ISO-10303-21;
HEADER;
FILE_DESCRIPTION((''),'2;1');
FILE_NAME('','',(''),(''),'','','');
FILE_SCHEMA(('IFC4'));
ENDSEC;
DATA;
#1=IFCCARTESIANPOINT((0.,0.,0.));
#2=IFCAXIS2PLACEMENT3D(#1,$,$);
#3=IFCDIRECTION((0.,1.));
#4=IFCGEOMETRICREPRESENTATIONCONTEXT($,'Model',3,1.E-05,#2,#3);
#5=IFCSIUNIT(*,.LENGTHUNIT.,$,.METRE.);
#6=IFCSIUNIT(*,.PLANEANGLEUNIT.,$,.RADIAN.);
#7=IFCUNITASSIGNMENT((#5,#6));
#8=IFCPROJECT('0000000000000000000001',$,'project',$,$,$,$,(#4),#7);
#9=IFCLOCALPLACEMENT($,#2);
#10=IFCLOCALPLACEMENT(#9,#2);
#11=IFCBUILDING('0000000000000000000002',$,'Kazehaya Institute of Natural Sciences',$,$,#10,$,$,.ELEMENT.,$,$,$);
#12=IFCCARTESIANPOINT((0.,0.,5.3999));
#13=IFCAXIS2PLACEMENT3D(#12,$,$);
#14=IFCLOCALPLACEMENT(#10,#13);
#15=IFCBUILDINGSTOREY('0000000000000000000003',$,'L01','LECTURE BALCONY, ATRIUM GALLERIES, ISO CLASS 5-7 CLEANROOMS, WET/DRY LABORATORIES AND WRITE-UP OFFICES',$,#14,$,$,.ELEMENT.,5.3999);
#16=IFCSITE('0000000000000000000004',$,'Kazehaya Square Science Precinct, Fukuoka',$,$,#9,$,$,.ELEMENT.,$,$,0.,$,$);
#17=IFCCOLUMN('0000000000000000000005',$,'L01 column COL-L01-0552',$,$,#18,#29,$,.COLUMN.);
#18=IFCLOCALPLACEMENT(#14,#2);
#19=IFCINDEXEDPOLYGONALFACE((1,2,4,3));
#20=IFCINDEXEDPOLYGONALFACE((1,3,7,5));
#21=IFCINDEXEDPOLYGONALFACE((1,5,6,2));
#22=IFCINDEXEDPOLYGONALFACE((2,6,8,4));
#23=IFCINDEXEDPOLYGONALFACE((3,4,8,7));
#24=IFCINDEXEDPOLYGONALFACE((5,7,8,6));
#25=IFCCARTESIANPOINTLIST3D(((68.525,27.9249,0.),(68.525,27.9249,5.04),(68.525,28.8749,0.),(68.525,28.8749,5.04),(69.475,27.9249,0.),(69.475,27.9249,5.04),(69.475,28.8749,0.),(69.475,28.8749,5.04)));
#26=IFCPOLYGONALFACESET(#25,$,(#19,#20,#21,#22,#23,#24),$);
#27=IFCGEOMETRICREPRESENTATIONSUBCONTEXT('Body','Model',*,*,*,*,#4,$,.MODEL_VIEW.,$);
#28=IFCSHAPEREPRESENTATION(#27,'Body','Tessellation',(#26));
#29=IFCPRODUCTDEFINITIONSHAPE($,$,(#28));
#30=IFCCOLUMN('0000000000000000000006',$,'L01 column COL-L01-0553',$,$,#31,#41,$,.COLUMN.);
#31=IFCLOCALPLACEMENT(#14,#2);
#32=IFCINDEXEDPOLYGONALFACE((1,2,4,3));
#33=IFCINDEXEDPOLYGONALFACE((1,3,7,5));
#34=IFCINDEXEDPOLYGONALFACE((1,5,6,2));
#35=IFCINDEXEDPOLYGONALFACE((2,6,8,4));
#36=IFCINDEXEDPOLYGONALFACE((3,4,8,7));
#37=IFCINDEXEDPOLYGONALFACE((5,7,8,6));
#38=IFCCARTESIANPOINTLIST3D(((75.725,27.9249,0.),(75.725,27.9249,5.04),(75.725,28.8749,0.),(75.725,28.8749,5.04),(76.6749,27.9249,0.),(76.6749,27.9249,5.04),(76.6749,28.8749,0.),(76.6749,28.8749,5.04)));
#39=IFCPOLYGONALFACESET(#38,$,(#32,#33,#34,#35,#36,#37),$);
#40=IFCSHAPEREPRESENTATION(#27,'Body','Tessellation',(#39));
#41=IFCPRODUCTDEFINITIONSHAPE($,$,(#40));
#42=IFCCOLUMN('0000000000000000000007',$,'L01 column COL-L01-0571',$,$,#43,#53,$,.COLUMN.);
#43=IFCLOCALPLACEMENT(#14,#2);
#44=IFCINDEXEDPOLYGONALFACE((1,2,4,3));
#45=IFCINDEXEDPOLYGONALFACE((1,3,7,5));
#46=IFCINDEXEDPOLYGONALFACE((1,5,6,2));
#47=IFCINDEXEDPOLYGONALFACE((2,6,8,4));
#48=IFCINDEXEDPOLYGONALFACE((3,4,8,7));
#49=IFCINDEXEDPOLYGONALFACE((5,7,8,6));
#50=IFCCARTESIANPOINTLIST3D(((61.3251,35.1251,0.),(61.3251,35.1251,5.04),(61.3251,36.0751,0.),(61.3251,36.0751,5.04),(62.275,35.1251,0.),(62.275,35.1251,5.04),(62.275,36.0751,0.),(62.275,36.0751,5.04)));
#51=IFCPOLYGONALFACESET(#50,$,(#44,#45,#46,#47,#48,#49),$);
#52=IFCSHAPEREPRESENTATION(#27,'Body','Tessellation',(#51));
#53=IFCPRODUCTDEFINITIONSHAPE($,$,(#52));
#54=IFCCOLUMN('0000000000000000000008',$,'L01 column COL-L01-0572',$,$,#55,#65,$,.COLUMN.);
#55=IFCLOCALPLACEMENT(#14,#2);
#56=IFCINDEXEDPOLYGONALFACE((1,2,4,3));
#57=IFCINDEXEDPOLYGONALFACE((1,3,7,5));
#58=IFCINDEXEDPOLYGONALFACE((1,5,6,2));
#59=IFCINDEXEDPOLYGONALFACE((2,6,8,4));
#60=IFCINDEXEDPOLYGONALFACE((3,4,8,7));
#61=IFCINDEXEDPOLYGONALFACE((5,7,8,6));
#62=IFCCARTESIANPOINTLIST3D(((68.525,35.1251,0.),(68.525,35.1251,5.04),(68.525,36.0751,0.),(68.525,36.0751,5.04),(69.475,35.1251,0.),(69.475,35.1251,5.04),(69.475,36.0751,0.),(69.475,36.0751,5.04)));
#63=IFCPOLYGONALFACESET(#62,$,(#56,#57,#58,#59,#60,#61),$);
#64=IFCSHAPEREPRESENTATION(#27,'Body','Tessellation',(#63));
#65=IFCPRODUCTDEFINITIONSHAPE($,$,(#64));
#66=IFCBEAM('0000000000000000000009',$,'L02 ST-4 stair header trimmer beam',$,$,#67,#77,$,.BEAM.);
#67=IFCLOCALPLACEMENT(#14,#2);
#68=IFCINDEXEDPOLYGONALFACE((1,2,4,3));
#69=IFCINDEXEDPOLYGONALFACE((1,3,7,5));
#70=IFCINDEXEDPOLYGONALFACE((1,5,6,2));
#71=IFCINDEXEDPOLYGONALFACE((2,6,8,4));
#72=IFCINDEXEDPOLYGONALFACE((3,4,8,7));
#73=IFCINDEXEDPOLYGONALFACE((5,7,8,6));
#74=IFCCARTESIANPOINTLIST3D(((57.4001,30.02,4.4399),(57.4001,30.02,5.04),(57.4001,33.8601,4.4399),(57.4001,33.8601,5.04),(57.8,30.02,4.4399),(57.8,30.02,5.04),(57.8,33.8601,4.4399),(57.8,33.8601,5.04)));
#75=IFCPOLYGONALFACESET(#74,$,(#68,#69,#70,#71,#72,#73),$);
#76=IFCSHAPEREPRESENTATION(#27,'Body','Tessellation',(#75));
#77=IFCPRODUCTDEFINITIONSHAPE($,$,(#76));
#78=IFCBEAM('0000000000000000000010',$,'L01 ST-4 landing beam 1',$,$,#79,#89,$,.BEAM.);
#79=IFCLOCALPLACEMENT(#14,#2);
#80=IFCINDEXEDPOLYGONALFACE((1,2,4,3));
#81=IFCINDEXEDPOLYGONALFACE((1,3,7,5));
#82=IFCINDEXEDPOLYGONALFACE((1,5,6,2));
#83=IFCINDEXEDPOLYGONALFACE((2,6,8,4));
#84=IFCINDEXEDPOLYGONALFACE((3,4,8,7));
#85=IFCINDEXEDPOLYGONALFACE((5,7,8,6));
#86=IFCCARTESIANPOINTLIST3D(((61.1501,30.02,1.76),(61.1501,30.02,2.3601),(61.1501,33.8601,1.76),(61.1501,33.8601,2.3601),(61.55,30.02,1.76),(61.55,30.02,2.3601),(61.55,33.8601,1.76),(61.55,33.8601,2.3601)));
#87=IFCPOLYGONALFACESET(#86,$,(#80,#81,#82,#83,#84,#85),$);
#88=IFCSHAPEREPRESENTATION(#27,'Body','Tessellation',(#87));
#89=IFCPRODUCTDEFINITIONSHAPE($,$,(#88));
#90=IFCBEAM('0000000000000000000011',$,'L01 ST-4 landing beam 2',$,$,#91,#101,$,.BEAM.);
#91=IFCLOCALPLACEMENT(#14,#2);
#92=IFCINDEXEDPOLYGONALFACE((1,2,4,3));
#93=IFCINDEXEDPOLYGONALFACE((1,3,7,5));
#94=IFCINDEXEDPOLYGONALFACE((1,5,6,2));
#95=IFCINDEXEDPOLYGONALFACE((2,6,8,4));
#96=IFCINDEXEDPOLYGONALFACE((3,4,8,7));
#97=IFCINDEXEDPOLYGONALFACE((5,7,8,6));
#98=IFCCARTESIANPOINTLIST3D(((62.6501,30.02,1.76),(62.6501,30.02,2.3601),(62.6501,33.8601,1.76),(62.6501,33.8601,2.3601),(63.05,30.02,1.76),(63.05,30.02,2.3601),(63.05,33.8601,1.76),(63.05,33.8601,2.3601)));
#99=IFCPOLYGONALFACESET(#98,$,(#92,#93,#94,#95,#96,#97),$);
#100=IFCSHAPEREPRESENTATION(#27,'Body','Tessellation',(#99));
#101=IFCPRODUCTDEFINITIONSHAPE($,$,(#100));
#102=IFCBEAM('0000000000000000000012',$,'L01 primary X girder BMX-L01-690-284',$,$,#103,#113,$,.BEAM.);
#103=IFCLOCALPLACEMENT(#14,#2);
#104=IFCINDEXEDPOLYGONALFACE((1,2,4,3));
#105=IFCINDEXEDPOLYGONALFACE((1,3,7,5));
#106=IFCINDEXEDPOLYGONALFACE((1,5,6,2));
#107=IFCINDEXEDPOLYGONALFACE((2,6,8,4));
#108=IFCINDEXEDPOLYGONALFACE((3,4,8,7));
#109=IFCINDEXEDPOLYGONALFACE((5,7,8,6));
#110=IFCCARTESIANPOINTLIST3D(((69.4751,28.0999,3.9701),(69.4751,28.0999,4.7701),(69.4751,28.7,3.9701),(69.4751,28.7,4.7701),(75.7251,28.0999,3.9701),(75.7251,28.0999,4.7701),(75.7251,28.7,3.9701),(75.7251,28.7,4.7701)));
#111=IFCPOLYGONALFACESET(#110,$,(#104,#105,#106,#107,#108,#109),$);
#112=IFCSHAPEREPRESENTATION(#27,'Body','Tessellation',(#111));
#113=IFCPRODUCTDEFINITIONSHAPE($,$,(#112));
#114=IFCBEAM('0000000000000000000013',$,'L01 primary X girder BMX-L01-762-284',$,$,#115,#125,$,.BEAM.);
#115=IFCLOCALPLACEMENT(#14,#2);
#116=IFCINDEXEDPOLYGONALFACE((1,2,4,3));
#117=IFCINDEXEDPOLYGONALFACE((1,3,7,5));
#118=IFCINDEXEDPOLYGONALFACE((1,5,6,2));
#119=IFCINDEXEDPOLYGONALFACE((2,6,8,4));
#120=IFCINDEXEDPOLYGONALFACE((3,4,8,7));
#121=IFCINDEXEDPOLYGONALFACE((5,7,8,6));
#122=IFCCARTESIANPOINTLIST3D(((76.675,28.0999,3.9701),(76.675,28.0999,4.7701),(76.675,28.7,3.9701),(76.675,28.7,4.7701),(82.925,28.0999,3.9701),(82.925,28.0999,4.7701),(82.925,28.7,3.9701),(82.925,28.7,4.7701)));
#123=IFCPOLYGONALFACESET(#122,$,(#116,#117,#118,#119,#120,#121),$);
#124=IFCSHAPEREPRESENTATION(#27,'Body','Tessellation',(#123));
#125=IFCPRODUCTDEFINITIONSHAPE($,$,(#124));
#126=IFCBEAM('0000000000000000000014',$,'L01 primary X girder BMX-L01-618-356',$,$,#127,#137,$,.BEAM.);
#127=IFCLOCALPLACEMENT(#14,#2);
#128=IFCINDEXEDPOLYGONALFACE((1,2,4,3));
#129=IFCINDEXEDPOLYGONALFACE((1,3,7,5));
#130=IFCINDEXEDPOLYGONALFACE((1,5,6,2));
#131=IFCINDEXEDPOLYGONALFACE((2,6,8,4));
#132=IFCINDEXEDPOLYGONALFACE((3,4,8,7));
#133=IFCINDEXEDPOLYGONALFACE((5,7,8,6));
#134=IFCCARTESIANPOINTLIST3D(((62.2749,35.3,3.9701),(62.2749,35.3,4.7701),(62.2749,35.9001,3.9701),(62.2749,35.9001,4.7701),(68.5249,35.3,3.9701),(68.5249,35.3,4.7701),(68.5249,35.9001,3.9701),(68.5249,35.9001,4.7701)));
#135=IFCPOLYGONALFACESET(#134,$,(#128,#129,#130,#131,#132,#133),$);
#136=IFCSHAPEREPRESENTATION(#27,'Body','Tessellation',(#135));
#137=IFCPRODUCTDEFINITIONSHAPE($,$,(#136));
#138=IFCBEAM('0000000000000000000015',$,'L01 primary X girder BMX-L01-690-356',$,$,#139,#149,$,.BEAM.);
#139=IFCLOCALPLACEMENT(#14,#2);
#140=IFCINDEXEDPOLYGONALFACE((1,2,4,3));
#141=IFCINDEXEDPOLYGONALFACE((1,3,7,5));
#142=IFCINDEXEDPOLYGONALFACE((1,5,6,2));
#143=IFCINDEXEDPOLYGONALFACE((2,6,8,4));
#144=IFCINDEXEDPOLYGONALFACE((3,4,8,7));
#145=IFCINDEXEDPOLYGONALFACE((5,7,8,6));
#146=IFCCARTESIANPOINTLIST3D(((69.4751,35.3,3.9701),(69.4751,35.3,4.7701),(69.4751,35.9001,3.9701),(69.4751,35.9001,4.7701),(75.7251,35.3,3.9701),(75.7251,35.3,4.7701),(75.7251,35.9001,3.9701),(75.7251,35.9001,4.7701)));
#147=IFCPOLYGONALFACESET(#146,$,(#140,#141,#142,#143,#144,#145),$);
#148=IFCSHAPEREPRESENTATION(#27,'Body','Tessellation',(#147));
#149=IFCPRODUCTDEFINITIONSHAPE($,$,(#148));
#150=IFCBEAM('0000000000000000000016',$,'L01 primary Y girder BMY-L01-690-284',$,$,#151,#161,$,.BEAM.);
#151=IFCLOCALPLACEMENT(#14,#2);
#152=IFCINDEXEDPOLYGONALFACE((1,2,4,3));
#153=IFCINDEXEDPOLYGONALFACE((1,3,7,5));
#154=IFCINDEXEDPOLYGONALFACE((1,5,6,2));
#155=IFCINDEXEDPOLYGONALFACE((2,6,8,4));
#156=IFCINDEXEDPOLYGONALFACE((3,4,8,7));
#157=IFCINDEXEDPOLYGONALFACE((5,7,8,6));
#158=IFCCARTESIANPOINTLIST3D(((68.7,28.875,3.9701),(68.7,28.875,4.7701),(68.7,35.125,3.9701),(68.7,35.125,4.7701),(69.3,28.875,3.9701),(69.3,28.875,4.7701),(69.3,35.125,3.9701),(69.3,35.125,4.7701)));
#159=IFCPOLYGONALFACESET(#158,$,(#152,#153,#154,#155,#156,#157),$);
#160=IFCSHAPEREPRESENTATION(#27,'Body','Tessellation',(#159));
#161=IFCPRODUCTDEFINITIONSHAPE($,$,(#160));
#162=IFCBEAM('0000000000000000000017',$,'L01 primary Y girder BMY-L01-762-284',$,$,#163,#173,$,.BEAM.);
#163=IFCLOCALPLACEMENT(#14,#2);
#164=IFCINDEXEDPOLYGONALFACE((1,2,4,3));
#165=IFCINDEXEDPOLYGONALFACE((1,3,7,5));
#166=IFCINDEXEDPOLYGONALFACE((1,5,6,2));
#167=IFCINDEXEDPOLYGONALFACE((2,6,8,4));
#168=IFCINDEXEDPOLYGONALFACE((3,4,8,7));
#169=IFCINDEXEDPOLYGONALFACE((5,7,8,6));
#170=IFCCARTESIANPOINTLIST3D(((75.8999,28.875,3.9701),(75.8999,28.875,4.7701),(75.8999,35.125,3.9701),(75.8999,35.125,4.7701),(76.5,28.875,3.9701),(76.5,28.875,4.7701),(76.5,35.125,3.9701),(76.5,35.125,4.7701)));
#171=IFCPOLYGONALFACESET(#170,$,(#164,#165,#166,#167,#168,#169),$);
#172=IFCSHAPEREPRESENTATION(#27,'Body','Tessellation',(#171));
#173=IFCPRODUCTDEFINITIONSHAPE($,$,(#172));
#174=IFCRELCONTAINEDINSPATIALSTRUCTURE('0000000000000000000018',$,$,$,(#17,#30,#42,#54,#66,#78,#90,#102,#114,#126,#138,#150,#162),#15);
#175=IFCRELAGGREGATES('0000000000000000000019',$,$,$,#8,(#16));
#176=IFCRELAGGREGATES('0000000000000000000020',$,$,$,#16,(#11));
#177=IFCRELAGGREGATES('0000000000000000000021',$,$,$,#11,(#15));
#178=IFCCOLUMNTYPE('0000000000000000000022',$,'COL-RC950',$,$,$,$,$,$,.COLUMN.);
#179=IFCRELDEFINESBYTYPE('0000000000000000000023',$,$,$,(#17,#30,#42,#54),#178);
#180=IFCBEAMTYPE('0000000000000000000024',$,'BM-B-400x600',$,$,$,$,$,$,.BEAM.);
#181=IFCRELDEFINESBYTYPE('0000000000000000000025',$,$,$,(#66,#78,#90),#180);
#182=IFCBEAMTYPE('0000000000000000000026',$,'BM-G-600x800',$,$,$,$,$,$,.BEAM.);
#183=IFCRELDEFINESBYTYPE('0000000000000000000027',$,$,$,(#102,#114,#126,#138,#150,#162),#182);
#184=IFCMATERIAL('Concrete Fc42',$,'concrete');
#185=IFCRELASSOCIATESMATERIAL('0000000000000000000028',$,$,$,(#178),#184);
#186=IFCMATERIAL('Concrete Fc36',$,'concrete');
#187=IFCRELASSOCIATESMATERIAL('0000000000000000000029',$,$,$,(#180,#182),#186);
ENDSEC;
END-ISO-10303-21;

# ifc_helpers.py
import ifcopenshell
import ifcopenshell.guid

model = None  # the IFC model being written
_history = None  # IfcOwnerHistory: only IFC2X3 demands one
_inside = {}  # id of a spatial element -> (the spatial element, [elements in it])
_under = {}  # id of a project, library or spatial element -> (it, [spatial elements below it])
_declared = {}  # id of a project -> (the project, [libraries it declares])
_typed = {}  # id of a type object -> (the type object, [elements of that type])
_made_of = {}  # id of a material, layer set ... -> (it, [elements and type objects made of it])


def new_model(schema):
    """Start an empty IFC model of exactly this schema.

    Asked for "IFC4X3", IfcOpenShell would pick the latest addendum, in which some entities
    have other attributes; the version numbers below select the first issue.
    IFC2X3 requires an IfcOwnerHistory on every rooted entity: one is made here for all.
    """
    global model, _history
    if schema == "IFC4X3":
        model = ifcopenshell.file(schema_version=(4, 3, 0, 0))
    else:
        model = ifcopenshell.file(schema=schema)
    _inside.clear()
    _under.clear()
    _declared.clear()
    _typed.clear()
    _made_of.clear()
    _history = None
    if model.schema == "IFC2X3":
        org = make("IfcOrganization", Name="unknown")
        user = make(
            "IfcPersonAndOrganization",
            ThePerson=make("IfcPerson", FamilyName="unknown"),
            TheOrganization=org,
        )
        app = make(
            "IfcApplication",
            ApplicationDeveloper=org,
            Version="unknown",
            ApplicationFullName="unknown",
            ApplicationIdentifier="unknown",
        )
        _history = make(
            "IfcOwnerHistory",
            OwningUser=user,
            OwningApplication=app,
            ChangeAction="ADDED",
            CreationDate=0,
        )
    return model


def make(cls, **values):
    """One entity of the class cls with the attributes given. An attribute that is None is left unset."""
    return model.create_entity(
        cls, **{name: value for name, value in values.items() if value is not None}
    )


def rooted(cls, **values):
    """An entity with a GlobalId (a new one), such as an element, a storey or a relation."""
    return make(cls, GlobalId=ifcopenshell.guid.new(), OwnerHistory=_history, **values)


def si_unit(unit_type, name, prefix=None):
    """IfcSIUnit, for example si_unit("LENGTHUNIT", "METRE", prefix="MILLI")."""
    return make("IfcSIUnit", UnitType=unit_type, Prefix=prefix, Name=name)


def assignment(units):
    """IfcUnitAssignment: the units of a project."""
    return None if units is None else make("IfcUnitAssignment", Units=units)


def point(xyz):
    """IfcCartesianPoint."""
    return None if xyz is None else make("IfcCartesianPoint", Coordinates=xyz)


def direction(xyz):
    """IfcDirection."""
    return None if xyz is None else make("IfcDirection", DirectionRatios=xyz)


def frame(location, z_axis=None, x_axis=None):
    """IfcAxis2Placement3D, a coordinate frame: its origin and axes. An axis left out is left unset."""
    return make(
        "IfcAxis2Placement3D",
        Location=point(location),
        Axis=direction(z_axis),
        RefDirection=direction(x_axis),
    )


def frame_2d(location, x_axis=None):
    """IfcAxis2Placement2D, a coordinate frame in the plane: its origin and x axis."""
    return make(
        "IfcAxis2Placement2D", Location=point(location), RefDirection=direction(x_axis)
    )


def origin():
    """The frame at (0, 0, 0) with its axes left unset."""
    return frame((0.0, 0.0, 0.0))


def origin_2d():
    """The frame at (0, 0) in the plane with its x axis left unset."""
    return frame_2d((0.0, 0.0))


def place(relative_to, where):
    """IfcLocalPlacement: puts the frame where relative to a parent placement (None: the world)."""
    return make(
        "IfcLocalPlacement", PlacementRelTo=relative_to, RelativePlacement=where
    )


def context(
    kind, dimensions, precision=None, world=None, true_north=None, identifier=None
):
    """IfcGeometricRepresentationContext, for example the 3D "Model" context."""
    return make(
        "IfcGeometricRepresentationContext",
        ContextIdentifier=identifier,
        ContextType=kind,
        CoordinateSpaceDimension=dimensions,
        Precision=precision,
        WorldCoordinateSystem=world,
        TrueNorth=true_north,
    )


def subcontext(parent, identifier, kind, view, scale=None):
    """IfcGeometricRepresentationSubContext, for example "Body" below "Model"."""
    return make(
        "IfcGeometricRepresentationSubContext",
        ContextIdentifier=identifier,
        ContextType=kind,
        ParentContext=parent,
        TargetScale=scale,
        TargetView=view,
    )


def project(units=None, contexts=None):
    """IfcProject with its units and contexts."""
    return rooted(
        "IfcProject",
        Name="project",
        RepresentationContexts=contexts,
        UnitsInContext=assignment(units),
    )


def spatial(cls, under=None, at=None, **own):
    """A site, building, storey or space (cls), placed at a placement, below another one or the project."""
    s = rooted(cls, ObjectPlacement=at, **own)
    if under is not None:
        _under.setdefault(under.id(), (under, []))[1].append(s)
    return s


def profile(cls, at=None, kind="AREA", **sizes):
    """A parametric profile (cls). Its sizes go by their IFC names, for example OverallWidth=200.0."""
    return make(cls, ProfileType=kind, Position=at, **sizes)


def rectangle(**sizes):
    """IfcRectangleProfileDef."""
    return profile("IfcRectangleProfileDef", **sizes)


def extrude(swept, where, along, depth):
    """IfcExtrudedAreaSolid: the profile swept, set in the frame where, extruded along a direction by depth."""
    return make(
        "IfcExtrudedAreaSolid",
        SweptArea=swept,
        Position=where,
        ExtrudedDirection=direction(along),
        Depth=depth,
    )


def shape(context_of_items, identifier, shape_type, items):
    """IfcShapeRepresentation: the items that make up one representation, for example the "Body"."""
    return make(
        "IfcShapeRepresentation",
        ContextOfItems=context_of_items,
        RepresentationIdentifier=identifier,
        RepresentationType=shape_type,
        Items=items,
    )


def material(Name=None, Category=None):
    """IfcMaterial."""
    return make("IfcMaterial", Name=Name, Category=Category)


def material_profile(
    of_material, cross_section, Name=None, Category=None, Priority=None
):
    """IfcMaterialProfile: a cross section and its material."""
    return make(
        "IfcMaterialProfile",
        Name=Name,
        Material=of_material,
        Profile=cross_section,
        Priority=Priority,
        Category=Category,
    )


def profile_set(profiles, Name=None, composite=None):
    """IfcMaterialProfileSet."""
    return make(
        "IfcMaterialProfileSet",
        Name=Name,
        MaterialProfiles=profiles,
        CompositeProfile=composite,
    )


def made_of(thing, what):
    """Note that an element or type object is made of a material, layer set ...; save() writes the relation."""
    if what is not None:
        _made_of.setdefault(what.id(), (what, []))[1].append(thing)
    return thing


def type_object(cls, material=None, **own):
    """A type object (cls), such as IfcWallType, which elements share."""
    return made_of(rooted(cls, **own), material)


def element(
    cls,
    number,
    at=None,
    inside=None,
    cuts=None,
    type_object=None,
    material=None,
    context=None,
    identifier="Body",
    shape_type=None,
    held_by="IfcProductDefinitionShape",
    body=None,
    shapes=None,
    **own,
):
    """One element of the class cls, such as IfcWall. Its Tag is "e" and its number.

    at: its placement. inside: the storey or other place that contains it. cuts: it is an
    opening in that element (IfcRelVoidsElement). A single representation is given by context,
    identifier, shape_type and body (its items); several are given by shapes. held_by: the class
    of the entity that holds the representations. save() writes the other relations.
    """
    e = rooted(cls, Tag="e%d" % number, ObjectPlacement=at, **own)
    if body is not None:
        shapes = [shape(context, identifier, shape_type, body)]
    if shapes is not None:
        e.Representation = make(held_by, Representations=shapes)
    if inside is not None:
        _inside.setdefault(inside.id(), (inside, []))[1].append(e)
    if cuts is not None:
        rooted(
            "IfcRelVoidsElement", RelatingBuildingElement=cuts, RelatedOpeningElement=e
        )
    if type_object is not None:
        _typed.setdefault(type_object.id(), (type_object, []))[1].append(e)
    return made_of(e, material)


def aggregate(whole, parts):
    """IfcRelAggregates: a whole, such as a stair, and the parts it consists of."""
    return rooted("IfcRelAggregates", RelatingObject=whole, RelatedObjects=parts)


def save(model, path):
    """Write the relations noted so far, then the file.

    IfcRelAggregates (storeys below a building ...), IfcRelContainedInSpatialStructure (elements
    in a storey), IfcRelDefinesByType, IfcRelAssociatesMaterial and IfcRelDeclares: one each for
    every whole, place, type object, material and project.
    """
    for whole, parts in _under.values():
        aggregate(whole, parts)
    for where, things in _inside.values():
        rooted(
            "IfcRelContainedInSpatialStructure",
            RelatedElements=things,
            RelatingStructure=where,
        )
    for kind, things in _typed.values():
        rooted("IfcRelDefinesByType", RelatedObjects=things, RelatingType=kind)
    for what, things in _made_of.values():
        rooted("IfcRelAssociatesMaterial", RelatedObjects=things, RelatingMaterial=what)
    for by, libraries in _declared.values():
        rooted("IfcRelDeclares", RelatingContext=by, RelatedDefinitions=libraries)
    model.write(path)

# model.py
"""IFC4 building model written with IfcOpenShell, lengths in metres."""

from ifc_helpers import new_model, si_unit, direction, frame, origin, origin_2d, place, context, subcontext, project, spatial, rectangle, extrude, material, material_profile, profile_set, type_object, element, save


model = new_model("IFC4")

# Units and contexts
model_context = context("Model", 3, precision=1e-05, world=origin(), true_north=direction((0.0, 1.0)))
body_context = subcontext(model_context, "Body", "Model", "MODEL_VIEW")
ifc_project = project(units=[si_unit("LENGTHUNIT", "METRE"), si_unit("PLANEANGLEUNIT", "RADIAN")], contexts=[model_context])

# Site, building, storey
site_placement = place(None, origin())
site = spatial("IfcSite", under=ifc_project, at=site_placement, Name="Kazehaya Square Science Precinct, Fukuoka", CompositionType="ELEMENT", RefElevation=0.0)
building_placement = place(site_placement, origin())
building = spatial("IfcBuilding", under=site, at=building_placement, Name="Kazehaya Institute of Natural Sciences", CompositionType="ELEMENT")
storey_placement = place(building_placement, frame((0.0, 0.0, 5.3999)))
storey = spatial("IfcBuildingStorey", under=building, at=storey_placement, Name="L01", Description="LECTURE BALCONY, ATRIUM GALLERIES, ISO CLASS 5-7 CLEANROOMS, WET/DRY LABORATORIES AND WRITE-UP OFFICES", CompositionType="ELEMENT", Elevation=5.3999)

# Columns
ifc_material_1 = material(Name="Concrete Fc42", Category="concrete")
ifc_material_profile_1 = material_profile(ifc_material_1, rectangle(XDim=0.95, YDim=0.95, at=origin_2d()), Name="RC-950x950")
ifc_profile_set_1 = profile_set([ifc_material_profile_1], Name="Concrete Fc42")
column_type = type_object("IfcColumnType", Name="COL-RC950", PredefinedType="COLUMN", material=ifc_profile_set_1)
for number, where, z_axis, x_axis, name in (
    (1, (69.0, 28.3999, 0.0), (0.0, 0.0, 1.0), (1.0, 0.0, 0.0), "L01 column COL-L01-0552"),
    (2, (76.2, 28.3999, 0.0), (0.0, 0.0, 1.0), (1.0, 0.0, 0.0), "L01 column COL-L01-0553"),
    (3, (61.8, 35.6001, 0.0), (0.0, 0.0, 1.0), (1.0, 0.0, 0.0), "L01 column COL-L01-0571"),
    (4, (69.0, 35.6001, 0.0), (0.0, 0.0, 1.0), (1.0, 0.0, 0.0), "L01 column COL-L01-0572"),
):
    element("IfcColumn", number, at=place(storey_placement, frame(where, z_axis=z_axis, x_axis=x_axis)), inside=storey, type_object=column_type, Name=name, PredefinedType="COLUMN", context=body_context, shape_type="SweptSolid", body=[
        extrude(rectangle(XDim=0.95, YDim=0.95, at=origin_2d()), origin(), (0.0, 0.0, 1.0), 5.04),
    ])

# Beams
ifc_material_2 = material(Name="Concrete Fc36", Category="concrete")
ifc_material_profile_2 = material_profile(ifc_material_2, rectangle(XDim=0.3999, YDim=0.6001, at=origin_2d()), Name="RC-400x600")
ifc_profile_set_2 = profile_set([ifc_material_profile_2], Name="Concrete Fc36")
beam_type_1 = type_object("IfcBeamType", Name="BM-B-400x600", PredefinedType="BEAM", material=ifc_profile_set_2)
for number, where, z_axis, x_axis, name in (
    (5, (57.6001, 30.02, 4.74), (0.0, 1.0, 0.0), (-1.0, 0.0, 0.0), "L02 ST-4 stair header trimmer beam"),
    (6, (61.3501, 30.02, 2.0601), (0.0, 1.0, 0.0), (-1.0, 0.0, 0.0), "L01 ST-4 landing beam 1"),
    (7, (62.8501, 30.02, 2.0601), (0.0, 1.0, 0.0), (-1.0, 0.0, 0.0), "L01 ST-4 landing beam 2"),
):
    element("IfcBeam", number, at=place(storey_placement, frame(where, z_axis=z_axis, x_axis=x_axis)), inside=storey, type_object=beam_type_1, Name=name, PredefinedType="BEAM", context=body_context, shape_type="SweptSolid", body=[
        extrude(rectangle(XDim=0.3999, YDim=0.6001, at=origin_2d()), origin(), (0.0, 0.0, 1.0), 3.8401),
    ])
ifc_material_profile_3 = material_profile(ifc_material_2, rectangle(XDim=0.6001, YDim=0.8, at=origin_2d()), Name="RC-600x800")
ifc_profile_set_3 = profile_set([ifc_material_profile_3], Name="Concrete Fc36")
beam_type_2 = type_object("IfcBeamType", Name="BM-G-600x800", PredefinedType="BEAM", material=ifc_profile_set_3)
for number, where, z_axis, x_axis, name in (
    (8, (69.4751, 28.3999, 4.3701), (1.0, 0.0, 0.0), (0.0, 1.0, 0.0), "L01 primary X girder BMX-L01-690-284"),
    (9, (76.675, 28.3999, 4.3701), (1.0, 0.0, 0.0), (0.0, 1.0, 0.0), "L01 primary X girder BMX-L01-762-284"),
    (10, (62.2749, 35.6001, 4.3701), (1.0, 0.0, 0.0), (0.0, 1.0, 0.0), "L01 primary X girder BMX-L01-618-356"),
    (11, (69.4751, 35.6001, 4.3701), (1.0, 0.0, 0.0), (0.0, 1.0, 0.0), "L01 primary X girder BMX-L01-690-356"),
    (12, (69.0, 28.875, 4.3701), (0.0, 1.0, 0.0), (-1.0, 0.0, 0.0), "L01 primary Y girder BMY-L01-690-284"),
    (13, (76.2, 28.875, 4.3701), (0.0, 1.0, 0.0), (-1.0, 0.0, 0.0), "L01 primary Y girder BMY-L01-762-284"),
):
    element("IfcBeam", number, at=place(storey_placement, frame(where, z_axis=z_axis, x_axis=x_axis)), inside=storey, type_object=beam_type_2, Name=name, PredefinedType="BEAM", context=body_context, shape_type="SweptSolid", body=[
        extrude(rectangle(XDim=0.6001, YDim=0.8, at=origin_2d()), origin(), (0.0, 0.0, 1.0), 6.25),
    ])

save(model, "model.ifc")
